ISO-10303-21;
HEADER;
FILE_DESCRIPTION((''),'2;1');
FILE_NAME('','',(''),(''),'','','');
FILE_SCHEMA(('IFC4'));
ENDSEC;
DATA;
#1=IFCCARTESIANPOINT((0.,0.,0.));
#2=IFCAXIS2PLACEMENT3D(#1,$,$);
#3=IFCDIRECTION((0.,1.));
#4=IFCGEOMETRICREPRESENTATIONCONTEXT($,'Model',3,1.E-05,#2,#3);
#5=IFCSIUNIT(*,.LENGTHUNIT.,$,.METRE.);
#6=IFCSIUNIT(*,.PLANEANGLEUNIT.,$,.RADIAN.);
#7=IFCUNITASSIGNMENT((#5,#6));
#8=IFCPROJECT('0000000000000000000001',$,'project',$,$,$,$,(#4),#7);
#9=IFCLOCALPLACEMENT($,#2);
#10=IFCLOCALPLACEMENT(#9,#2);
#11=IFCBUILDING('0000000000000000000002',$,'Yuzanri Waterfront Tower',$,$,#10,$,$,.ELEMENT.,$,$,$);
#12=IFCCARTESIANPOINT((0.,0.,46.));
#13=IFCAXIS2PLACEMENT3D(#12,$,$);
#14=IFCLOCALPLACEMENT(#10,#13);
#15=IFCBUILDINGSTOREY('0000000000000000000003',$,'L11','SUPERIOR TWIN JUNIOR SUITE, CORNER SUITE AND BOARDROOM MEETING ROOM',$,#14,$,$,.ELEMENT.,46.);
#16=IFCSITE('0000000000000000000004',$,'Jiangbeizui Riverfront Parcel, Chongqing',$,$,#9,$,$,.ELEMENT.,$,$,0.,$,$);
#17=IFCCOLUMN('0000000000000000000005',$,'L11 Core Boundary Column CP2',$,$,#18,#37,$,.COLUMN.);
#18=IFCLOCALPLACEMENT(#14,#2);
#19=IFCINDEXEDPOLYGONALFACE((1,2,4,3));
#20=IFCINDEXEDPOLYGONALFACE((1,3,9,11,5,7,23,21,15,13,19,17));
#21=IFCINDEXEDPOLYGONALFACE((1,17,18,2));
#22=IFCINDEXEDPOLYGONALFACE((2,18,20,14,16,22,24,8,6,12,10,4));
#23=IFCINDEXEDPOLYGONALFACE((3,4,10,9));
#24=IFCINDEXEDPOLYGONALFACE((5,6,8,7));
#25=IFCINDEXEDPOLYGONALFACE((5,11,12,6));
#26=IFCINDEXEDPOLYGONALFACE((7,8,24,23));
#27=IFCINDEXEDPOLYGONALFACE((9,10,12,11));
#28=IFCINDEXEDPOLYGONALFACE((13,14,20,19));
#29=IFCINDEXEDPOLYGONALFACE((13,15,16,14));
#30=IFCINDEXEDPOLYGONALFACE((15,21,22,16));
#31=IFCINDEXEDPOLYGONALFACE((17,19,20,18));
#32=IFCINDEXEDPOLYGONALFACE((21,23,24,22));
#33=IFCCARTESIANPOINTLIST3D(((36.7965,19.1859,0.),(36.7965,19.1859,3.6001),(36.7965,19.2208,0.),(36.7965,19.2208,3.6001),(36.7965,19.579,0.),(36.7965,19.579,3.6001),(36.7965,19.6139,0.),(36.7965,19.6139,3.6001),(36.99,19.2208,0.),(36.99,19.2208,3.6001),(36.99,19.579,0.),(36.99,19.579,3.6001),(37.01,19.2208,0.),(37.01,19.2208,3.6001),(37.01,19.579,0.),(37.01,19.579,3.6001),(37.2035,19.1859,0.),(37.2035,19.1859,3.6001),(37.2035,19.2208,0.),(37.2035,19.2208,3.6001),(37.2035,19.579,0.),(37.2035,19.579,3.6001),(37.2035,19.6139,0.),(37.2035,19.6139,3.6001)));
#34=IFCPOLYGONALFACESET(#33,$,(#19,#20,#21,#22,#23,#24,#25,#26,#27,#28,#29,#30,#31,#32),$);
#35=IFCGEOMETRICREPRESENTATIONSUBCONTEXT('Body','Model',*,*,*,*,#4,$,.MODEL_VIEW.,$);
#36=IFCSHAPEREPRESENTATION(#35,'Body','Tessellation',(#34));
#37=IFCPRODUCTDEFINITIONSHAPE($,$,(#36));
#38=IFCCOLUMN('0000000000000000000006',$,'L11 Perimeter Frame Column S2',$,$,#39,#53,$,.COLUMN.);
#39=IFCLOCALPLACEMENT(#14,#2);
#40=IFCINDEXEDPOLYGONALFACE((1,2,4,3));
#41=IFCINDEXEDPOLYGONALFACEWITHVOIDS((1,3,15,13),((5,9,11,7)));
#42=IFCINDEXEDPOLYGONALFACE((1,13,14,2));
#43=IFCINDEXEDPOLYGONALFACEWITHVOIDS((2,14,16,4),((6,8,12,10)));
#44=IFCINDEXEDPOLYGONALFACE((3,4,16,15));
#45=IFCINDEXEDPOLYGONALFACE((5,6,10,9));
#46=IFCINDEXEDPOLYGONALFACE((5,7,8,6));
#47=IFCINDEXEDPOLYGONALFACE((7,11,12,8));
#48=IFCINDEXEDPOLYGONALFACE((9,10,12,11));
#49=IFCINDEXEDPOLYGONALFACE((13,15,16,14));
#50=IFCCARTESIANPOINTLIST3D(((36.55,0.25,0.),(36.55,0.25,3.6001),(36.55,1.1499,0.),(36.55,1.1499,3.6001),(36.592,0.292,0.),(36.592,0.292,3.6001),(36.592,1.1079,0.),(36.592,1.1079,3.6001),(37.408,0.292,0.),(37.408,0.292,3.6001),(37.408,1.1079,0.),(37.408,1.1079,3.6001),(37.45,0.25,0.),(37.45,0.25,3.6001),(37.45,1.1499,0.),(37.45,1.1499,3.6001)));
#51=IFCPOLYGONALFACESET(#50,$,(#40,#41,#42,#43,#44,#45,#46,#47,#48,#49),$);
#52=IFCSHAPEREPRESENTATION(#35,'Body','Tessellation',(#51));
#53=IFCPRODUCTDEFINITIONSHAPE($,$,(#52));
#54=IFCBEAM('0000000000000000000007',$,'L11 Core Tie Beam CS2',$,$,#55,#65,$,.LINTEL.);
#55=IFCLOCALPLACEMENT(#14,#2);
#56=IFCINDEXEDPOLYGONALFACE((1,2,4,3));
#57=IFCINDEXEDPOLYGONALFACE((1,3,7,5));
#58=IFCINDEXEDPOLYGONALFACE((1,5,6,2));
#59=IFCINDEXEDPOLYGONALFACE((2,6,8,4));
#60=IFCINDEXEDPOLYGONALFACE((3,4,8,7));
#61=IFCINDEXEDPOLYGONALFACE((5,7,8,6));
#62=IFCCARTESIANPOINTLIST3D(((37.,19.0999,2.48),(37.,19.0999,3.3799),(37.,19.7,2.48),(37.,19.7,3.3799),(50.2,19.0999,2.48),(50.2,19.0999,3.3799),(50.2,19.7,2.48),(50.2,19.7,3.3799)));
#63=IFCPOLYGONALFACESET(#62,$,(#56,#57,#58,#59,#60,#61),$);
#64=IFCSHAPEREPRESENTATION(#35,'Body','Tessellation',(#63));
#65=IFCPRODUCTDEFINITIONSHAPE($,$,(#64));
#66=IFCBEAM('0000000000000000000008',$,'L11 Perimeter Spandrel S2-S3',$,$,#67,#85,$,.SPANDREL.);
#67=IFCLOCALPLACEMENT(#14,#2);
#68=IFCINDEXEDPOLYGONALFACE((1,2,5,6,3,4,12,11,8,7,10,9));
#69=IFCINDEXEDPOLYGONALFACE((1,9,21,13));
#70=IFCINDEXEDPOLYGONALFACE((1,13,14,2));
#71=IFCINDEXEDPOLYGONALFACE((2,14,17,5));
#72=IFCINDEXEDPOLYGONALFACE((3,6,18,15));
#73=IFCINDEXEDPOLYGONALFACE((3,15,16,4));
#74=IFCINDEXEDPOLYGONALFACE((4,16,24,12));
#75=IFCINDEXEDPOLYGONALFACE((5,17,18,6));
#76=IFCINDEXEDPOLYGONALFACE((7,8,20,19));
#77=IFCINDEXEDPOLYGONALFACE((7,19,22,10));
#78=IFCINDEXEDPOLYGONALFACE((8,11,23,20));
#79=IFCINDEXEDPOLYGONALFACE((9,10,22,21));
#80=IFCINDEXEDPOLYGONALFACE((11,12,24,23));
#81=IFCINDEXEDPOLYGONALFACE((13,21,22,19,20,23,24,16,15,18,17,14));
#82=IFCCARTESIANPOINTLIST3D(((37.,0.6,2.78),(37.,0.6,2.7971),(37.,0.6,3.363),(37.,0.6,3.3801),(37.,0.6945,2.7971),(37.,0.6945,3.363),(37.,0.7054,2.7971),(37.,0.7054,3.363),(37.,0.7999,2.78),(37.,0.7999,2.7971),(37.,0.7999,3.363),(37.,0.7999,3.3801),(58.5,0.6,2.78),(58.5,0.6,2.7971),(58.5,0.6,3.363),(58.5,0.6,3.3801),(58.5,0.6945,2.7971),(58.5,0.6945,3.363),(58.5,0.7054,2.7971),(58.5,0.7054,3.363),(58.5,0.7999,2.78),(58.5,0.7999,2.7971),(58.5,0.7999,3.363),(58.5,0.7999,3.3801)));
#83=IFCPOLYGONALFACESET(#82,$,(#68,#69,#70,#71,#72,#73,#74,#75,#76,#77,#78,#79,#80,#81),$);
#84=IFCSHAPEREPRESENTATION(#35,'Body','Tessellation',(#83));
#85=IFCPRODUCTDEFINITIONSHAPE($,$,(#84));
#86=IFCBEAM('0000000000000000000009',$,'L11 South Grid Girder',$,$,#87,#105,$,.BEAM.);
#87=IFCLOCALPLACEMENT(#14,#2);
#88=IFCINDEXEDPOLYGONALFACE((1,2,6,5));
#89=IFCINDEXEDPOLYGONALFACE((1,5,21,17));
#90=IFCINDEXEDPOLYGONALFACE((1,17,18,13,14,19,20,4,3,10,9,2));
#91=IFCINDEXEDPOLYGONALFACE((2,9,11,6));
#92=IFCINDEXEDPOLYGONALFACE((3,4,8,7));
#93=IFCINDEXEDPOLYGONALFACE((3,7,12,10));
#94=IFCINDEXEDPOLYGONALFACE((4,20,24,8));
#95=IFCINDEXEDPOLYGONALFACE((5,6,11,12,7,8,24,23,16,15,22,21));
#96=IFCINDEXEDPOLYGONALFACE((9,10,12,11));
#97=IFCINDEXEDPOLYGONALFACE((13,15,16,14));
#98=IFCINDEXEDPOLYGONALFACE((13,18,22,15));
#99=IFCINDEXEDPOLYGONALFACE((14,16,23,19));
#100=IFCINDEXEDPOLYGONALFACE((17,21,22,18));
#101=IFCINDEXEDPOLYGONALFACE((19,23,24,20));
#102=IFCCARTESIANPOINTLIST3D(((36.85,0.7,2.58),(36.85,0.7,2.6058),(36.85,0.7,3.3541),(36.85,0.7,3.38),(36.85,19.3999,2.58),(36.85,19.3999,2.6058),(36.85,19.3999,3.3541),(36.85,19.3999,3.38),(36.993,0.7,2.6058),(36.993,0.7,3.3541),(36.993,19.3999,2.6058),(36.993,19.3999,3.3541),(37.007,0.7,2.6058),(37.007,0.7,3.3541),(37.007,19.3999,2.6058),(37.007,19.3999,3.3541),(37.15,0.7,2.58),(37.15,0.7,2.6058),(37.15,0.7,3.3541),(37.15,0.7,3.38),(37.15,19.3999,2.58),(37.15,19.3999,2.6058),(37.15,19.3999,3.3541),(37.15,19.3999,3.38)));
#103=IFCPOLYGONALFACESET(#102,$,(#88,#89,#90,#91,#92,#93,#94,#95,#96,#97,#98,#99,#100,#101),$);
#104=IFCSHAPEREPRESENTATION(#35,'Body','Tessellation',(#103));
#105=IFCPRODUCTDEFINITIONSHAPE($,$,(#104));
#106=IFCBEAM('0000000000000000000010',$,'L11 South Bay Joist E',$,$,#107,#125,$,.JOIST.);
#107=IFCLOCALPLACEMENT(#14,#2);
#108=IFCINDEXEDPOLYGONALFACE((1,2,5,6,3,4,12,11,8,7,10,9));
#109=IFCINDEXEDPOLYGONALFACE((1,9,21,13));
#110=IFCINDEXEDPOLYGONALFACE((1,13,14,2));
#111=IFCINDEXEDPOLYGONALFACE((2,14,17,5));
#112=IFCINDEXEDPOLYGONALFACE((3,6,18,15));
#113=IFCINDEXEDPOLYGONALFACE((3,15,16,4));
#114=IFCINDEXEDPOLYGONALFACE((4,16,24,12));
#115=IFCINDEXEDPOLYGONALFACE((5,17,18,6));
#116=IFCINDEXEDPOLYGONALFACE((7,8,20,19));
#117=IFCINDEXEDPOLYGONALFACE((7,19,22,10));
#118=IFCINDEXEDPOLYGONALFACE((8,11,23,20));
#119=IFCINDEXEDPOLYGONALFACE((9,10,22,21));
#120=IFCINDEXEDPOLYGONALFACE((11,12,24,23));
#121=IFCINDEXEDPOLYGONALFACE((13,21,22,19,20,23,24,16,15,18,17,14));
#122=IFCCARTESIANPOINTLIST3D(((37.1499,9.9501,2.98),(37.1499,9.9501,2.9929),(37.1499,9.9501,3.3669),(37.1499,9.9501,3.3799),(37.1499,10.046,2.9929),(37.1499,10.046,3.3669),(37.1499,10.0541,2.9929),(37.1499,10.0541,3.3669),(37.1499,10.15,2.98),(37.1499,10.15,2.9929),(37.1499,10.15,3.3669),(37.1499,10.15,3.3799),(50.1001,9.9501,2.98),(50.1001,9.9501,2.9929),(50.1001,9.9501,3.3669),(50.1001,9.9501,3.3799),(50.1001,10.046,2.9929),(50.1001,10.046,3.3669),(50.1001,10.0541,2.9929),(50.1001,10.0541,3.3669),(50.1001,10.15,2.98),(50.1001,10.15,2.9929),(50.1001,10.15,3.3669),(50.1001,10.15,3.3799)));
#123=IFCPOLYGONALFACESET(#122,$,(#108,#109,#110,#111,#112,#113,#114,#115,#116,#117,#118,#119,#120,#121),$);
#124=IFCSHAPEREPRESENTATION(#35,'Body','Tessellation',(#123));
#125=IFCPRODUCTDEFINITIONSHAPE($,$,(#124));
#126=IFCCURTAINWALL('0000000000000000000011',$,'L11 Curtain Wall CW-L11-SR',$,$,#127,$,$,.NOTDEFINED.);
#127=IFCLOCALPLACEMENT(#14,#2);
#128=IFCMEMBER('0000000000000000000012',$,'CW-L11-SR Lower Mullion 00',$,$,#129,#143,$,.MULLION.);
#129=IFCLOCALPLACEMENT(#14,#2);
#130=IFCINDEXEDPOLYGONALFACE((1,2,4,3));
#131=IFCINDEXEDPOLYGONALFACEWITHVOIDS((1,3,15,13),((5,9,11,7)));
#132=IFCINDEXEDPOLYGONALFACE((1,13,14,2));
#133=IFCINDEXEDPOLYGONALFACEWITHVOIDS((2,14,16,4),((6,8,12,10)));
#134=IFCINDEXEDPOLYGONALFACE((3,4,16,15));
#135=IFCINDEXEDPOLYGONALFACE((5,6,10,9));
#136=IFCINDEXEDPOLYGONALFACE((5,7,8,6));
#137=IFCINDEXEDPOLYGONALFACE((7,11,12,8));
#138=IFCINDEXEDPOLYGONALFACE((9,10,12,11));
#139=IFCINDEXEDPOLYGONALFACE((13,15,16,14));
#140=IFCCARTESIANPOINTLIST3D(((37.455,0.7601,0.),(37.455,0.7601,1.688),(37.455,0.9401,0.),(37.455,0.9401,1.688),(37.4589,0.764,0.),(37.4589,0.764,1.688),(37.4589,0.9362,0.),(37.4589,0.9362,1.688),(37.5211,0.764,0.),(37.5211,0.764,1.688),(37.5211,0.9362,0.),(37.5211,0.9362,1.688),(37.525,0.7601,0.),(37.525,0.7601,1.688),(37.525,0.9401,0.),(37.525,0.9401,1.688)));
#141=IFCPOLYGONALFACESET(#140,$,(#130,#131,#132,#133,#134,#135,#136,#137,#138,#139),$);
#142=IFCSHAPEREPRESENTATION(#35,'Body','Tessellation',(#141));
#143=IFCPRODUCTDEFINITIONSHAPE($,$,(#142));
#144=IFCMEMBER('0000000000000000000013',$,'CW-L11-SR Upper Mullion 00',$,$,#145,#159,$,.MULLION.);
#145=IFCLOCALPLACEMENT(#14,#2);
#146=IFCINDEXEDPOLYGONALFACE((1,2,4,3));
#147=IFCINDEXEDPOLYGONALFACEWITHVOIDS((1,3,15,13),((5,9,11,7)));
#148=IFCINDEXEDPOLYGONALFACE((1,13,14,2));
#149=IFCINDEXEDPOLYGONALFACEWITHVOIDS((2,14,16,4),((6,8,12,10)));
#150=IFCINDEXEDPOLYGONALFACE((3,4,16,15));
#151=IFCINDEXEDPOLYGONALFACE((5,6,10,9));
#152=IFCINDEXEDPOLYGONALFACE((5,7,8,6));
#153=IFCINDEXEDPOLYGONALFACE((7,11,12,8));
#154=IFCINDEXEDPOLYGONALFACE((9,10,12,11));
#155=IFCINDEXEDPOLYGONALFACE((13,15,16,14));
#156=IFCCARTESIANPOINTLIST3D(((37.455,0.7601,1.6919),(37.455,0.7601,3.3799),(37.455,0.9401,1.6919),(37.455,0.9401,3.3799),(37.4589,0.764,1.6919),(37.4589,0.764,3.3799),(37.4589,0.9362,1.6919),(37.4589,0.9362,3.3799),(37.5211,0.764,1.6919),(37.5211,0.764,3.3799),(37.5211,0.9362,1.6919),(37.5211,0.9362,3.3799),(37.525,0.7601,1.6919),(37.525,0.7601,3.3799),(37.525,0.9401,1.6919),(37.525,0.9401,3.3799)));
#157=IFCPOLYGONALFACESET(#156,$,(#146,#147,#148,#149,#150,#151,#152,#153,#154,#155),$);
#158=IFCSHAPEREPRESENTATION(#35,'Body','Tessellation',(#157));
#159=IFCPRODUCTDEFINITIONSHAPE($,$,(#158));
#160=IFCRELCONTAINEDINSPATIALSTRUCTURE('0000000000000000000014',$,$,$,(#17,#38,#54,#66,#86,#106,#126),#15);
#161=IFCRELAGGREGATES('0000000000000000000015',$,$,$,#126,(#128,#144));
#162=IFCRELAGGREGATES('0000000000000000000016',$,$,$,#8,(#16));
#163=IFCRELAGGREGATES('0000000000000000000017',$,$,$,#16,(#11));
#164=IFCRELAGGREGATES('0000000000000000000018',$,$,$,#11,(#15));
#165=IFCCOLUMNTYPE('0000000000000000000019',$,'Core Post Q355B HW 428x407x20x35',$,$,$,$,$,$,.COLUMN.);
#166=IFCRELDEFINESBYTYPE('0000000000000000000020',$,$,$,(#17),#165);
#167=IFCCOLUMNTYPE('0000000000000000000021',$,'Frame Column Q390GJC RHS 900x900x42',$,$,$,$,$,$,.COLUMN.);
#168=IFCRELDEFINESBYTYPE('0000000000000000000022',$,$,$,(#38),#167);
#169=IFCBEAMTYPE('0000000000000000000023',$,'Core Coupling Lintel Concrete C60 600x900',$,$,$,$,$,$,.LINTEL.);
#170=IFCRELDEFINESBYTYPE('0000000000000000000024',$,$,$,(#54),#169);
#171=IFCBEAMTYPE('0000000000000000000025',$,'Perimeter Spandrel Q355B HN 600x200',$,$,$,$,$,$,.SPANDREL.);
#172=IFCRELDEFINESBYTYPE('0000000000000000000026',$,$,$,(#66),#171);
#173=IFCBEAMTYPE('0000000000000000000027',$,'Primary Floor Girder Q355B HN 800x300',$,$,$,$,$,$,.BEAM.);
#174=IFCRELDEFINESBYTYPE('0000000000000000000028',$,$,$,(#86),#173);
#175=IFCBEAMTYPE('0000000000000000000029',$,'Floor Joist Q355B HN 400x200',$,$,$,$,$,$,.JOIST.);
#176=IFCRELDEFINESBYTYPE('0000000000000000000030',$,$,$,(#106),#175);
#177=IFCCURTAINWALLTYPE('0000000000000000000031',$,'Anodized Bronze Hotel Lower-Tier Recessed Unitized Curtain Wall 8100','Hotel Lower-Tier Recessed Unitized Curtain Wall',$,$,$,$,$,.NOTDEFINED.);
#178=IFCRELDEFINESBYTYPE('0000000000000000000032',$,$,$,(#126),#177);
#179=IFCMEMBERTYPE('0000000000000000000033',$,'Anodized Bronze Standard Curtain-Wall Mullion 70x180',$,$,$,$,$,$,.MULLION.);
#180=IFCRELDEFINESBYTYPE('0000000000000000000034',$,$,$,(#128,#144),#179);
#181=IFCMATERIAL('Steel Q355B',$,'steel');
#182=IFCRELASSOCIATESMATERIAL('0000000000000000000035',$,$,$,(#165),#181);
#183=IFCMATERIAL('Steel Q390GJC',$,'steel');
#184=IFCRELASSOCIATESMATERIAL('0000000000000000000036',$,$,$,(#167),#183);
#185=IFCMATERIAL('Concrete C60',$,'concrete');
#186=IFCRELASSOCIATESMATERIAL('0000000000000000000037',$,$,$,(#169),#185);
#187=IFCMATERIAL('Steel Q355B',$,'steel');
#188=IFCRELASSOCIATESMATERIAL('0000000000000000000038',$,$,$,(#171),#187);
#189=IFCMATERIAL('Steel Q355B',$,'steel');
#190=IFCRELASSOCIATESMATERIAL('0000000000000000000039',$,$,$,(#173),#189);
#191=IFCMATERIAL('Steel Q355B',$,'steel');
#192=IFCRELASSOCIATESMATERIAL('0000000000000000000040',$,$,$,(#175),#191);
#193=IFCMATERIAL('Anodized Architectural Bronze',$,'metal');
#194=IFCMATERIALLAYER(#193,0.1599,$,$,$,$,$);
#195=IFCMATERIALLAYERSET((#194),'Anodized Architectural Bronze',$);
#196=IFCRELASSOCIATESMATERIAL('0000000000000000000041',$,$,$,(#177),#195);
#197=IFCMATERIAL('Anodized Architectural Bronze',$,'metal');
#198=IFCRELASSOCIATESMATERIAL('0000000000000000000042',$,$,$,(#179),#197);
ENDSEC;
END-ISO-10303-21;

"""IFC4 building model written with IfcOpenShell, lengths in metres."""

from ifc_helpers import new_model, si_unit, direction, frame, origin, origin_2d, place, context, subcontext, project, spatial, rectangle, hollow_rectangle, i_section, extrude, source, transform, mapped, material, layer, layer_set, material_profile, profile_set, type_object, element, aggregate, save


model = new_model("IFC4")

# Units and contexts
model_context = context("Model", 3, precision=1e-05, world=origin(), true_north=direction((0.0, 1.0)))
body_context = subcontext(model_context, "Body", "Model", "MODEL_VIEW")
ifc_project = project(units=[si_unit("LENGTHUNIT", "METRE"), si_unit("PLANEANGLEUNIT", "RADIAN")], contexts=[model_context])

# Site, building, storey
site_placement = place(None, origin())
site = spatial("IfcSite", under=ifc_project, at=site_placement, Name="Jiangbeizui Riverfront Parcel, Chongqing", CompositionType="ELEMENT", RefElevation=0.0)
building_placement = place(site_placement, origin())
building = spatial("IfcBuilding", under=site, at=building_placement, Name="Yuzanri Waterfront Tower", CompositionType="ELEMENT")
storey_placement = place(building_placement, frame((0.0, 0.0, 46.0)))
storey = spatial("IfcBuildingStorey", under=building, at=storey_placement, Name="L11", Description="SUPERIOR TWIN JUNIOR SUITE, CORNER SUITE AND BOARDROOM MEETING ROOM", CompositionType="ELEMENT", Elevation=46.0)

# Columns
ifc_material_1 = material(Name="Steel Q355B", Category="steel")
ifc_material_profile_1 = material_profile(ifc_material_1, i_section(OverallWidth=0.407, OverallDepth=0.428, WebThickness=0.02, FlangeThickness=0.0349, at=origin_2d()), Name="HW 428x407x20x35")
ifc_profile_set_1 = profile_set([ifc_material_profile_1], Name="Steel Q355B")
column_type_1 = type_object("IfcColumnType", Name="Core Post Q355B HW 428x407x20x35", PredefinedType="COLUMN", material=ifc_profile_set_1)
shared_shape_1 = source(origin(), body_context, "Body", "SweptSolid", [
    extrude(i_section(OverallWidth=0.407, OverallDepth=0.428, WebThickness=0.02, FlangeThickness=0.0349, at=origin_2d()), origin(), (0.0, 0.0, 1.0), 3.6001),
])
column_1_placement = place(storey_placement, frame((37.0, 19.3999, 0.0), z_axis=(0.0, 0.0, 1.0), x_axis=(1.0, 0.0, 0.0)))
element("IfcColumn", 1, at=column_1_placement, inside=storey, type_object=column_type_1, Name="L11 Core Boundary Column CP2", PredefinedType="COLUMN", context=body_context, shape_type="MappedRepresentation", body=[
    mapped(shared_shape_1, transform((0.0, 0.0, 0.0), scale=1.0)),
])
ifc_material_2 = material(Name="Steel Q390GJC", Category="steel")
ifc_material_profile_2 = material_profile(ifc_material_2, hollow_rectangle(XDim=0.8999, YDim=0.8999, WallThickness=0.042, at=origin_2d()), Name="RHS 900x900x42")
ifc_profile_set_2 = profile_set([ifc_material_profile_2], Name="Steel Q390GJC")
column_type_2 = type_object("IfcColumnType", Name="Frame Column Q390GJC RHS 900x900x42", PredefinedType="COLUMN", material=ifc_profile_set_2)
shared_shape_2 = source(origin(), body_context, "Body", "SweptSolid", [
    extrude(hollow_rectangle(XDim=0.8999, YDim=0.8999, WallThickness=0.042, at=origin_2d()), origin(), (0.0, 0.0, 1.0), 3.6001),
])
column_2_placement = place(storey_placement, frame((37.0, 0.7, 0.0), z_axis=(0.0, 0.0, 1.0), x_axis=(1.0, 0.0, 0.0)))
element("IfcColumn", 2, at=column_2_placement, inside=storey, type_object=column_type_2, Name="L11 Perimeter Frame Column S2", PredefinedType="COLUMN", context=body_context, shape_type="MappedRepresentation", body=[
    mapped(shared_shape_2, transform((0.0, 0.0, 0.0), scale=1.0)),
])

# Beams
ifc_material_3 = material(Name="Concrete C60", Category="concrete")
ifc_material_profile_3 = material_profile(ifc_material_3, rectangle(XDim=0.6001, YDim=0.8999, at=origin_2d()), Name="RC 600x900")
ifc_profile_set_3 = profile_set([ifc_material_profile_3], Name="Concrete C60")
beam_type_1 = type_object("IfcBeamType", Name="Core Coupling Lintel Concrete C60 600x900", PredefinedType="LINTEL", material=ifc_profile_set_3)
shared_shape_3 = source(origin(), body_context, "Body", "SweptSolid", [
    extrude(rectangle(XDim=0.6001, YDim=0.8999, at=origin_2d()), origin(), (0.0, 0.0, 1.0), 13.2),
])
beam_1_placement = place(storey_placement, frame((37.0, 19.3999, 2.9299), z_axis=(1.0, 0.0, 0.0), x_axis=(0.0, 1.0, 0.0)))
element("IfcBeam", 3, at=beam_1_placement, inside=storey, type_object=beam_type_1, Name="L11 Core Tie Beam CS2", PredefinedType="LINTEL", context=body_context, shape_type="MappedRepresentation", body=[
    mapped(shared_shape_3, transform((0.0, 0.0, 0.0), scale=1.0)),
])
ifc_material_4 = material(Name="Steel Q355B", Category="steel")
ifc_material_profile_4 = material_profile(ifc_material_4, i_section(OverallWidth=0.2, OverallDepth=0.6001, WebThickness=0.011, FlangeThickness=0.0171, at=origin_2d()), Name="HN 600x200x11x17")
ifc_profile_set_4 = profile_set([ifc_material_profile_4], Name="Steel Q355B")
beam_type_2 = type_object("IfcBeamType", Name="Perimeter Spandrel Q355B HN 600x200", PredefinedType="SPANDREL", material=ifc_profile_set_4)
shared_shape_4 = source(origin(), body_context, "Body", "SweptSolid", [
    extrude(i_section(OverallWidth=0.2, OverallDepth=0.6001, WebThickness=0.011, FlangeThickness=0.0171, at=origin_2d()), origin(), (0.0, 0.0, 1.0), 21.5),
])
beam_2_placement = place(storey_placement, frame((37.0, 0.7, 3.0801), z_axis=(1.0, 0.0, 0.0), x_axis=(0.0, 1.0, 0.0)))
element("IfcBeam", 4, at=beam_2_placement, inside=storey, type_object=beam_type_2, Name="L11 Perimeter Spandrel S2-S3", PredefinedType="SPANDREL", context=body_context, shape_type="MappedRepresentation", body=[
    mapped(shared_shape_4, transform((0.0, 0.0, 0.0), scale=1.0)),
])
ifc_material_5 = material(Name="Steel Q355B", Category="steel")
ifc_material_profile_5 = material_profile(ifc_material_5, i_section(OverallWidth=0.3, OverallDepth=0.8, WebThickness=0.0139, FlangeThickness=0.0259, at=origin_2d()), Name="HN 800x300x14x26")
ifc_profile_set_5 = profile_set([ifc_material_profile_5], Name="Steel Q355B")
beam_type_3 = type_object("IfcBeamType", Name="Primary Floor Girder Q355B HN 800x300", PredefinedType="BEAM", material=ifc_profile_set_5)
shared_shape_5 = source(origin(), body_context, "Body", "SweptSolid", [
    extrude(i_section(OverallWidth=0.3, OverallDepth=0.8, WebThickness=0.0139, FlangeThickness=0.0259, at=origin_2d()), origin(), (0.0, 0.0, 1.0), 18.7),
])
beam_3_placement = place(storey_placement, frame((37.0, 19.3999, 2.98), z_axis=(0.0, -1.0, 0.0), x_axis=(1.0, 0.0, 0.0)))
element("IfcBeam", 5, at=beam_3_placement, inside=storey, type_object=beam_type_3, Name="L11 South Grid Girder", PredefinedType="BEAM", context=body_context, shape_type="MappedRepresentation", body=[
    mapped(shared_shape_5, transform((0.0, 0.0, 0.0), scale=1.0)),
])
ifc_material_6 = material(Name="Steel Q355B", Category="steel")
ifc_material_profile_6 = material_profile(ifc_material_6, i_section(OverallWidth=0.2, OverallDepth=0.3999, WebThickness=0.0081, FlangeThickness=0.0129, at=origin_2d()), Name="HN 400x200x8x13")
ifc_profile_set_6 = profile_set([ifc_material_profile_6], Name="Steel Q355B")
beam_type_4 = type_object("IfcBeamType", Name="Floor Joist Q355B HN 400x200", PredefinedType="JOIST", material=ifc_profile_set_6)
shared_shape_6 = source(origin(), body_context, "Body", "SweptSolid", [
    extrude(i_section(OverallWidth=0.2, OverallDepth=0.3999, WebThickness=0.0081, FlangeThickness=0.0129, at=origin_2d()), origin(), (0.0, 0.0, 1.0), 12.9502),
])
beam_4_placement = place(storey_placement, frame((37.1499, 10.05, 3.1799), z_axis=(1.0, 0.0, 0.0), x_axis=(0.0, 1.0, 0.0)))
element("IfcBeam", 6, at=beam_4_placement, inside=storey, type_object=beam_type_4, Name="L11 South Bay Joist E", PredefinedType="JOIST", context=body_context, shape_type="MappedRepresentation", body=[
    mapped(shared_shape_6, transform((0.0, 0.0, 0.0), scale=1.0)),
])

# Curtain wall, members
ifc_material_7 = material(Name="Anodized Architectural Bronze", Category="metal")
ifc_layer_1 = layer(ifc_material_7, 0.1599)
ifc_layer_set_1 = layer_set([ifc_layer_1], Name="Anodized Architectural Bronze")
curtain_wall_type = type_object("IfcCurtainWallType", Name="Anodized Bronze Hotel Lower-Tier Recessed Unitized Curtain Wall 8100", Description="Hotel Lower-Tier Recessed Unitized Curtain Wall", PredefinedType="NOTDEFINED", material=ifc_layer_set_1)
curtain_wall_placement = place(storey_placement, origin())
curtain_wall = element("IfcCurtainWall", 7, at=curtain_wall_placement, inside=storey, type_object=curtain_wall_type, Name="L11 Curtain Wall CW-L11-SR", PredefinedType="NOTDEFINED")
ifc_material_8 = material(Name="Anodized Architectural Bronze", Category="metal")
ifc_material_profile_7 = material_profile(ifc_material_8, hollow_rectangle(XDim=0.0701, YDim=0.1799, WallThickness=0.0039, at=origin_2d()), Name="CWM 70x180")
ifc_profile_set_7 = profile_set([ifc_material_profile_7], Name="Anodized Architectural Bronze")
member_type_1 = type_object("IfcMemberType", Name="Anodized Bronze Standard Curtain-Wall Mullion 70x180", PredefinedType="MULLION", material=ifc_profile_set_7)
shared_shape_7 = source(origin(), body_context, "Body", "SweptSolid", [
    extrude(hollow_rectangle(XDim=0.0701, YDim=0.1799, WallThickness=0.0039, at=origin_2d()), origin(), (0.0, 0.0, 1.0), 1.688),
])
member_1_placement = place(storey_placement, frame((37.49, 0.8501, 0.0), z_axis=(0.0, 0.0, 1.0), x_axis=(1.0, 0.0, 0.0)))
member_1 = element("IfcMember", 8, at=member_1_placement, type_object=member_type_1, Name="CW-L11-SR Lower Mullion 00", PredefinedType="MULLION", context=body_context, shape_type="MappedRepresentation", body=[
    mapped(shared_shape_7, transform((0.0, 0.0, 0.0), scale=1.0)),
])
member_2_placement = place(storey_placement, frame((37.49, 0.8501, 1.6919), z_axis=(0.0, 0.0, 1.0), x_axis=(1.0, 0.0, 0.0)))
member_2 = element("IfcMember", 9, at=member_2_placement, type_object=member_type_1, Name="CW-L11-SR Upper Mullion 00", PredefinedType="MULLION", context=body_context, shape_type="MappedRepresentation", body=[
    mapped(shared_shape_7, transform((0.0, 0.0, 0.0), scale=1.0)),
])
aggregate(curtain_wall, [member_1, member_2])

save(model, "model.ifc")
